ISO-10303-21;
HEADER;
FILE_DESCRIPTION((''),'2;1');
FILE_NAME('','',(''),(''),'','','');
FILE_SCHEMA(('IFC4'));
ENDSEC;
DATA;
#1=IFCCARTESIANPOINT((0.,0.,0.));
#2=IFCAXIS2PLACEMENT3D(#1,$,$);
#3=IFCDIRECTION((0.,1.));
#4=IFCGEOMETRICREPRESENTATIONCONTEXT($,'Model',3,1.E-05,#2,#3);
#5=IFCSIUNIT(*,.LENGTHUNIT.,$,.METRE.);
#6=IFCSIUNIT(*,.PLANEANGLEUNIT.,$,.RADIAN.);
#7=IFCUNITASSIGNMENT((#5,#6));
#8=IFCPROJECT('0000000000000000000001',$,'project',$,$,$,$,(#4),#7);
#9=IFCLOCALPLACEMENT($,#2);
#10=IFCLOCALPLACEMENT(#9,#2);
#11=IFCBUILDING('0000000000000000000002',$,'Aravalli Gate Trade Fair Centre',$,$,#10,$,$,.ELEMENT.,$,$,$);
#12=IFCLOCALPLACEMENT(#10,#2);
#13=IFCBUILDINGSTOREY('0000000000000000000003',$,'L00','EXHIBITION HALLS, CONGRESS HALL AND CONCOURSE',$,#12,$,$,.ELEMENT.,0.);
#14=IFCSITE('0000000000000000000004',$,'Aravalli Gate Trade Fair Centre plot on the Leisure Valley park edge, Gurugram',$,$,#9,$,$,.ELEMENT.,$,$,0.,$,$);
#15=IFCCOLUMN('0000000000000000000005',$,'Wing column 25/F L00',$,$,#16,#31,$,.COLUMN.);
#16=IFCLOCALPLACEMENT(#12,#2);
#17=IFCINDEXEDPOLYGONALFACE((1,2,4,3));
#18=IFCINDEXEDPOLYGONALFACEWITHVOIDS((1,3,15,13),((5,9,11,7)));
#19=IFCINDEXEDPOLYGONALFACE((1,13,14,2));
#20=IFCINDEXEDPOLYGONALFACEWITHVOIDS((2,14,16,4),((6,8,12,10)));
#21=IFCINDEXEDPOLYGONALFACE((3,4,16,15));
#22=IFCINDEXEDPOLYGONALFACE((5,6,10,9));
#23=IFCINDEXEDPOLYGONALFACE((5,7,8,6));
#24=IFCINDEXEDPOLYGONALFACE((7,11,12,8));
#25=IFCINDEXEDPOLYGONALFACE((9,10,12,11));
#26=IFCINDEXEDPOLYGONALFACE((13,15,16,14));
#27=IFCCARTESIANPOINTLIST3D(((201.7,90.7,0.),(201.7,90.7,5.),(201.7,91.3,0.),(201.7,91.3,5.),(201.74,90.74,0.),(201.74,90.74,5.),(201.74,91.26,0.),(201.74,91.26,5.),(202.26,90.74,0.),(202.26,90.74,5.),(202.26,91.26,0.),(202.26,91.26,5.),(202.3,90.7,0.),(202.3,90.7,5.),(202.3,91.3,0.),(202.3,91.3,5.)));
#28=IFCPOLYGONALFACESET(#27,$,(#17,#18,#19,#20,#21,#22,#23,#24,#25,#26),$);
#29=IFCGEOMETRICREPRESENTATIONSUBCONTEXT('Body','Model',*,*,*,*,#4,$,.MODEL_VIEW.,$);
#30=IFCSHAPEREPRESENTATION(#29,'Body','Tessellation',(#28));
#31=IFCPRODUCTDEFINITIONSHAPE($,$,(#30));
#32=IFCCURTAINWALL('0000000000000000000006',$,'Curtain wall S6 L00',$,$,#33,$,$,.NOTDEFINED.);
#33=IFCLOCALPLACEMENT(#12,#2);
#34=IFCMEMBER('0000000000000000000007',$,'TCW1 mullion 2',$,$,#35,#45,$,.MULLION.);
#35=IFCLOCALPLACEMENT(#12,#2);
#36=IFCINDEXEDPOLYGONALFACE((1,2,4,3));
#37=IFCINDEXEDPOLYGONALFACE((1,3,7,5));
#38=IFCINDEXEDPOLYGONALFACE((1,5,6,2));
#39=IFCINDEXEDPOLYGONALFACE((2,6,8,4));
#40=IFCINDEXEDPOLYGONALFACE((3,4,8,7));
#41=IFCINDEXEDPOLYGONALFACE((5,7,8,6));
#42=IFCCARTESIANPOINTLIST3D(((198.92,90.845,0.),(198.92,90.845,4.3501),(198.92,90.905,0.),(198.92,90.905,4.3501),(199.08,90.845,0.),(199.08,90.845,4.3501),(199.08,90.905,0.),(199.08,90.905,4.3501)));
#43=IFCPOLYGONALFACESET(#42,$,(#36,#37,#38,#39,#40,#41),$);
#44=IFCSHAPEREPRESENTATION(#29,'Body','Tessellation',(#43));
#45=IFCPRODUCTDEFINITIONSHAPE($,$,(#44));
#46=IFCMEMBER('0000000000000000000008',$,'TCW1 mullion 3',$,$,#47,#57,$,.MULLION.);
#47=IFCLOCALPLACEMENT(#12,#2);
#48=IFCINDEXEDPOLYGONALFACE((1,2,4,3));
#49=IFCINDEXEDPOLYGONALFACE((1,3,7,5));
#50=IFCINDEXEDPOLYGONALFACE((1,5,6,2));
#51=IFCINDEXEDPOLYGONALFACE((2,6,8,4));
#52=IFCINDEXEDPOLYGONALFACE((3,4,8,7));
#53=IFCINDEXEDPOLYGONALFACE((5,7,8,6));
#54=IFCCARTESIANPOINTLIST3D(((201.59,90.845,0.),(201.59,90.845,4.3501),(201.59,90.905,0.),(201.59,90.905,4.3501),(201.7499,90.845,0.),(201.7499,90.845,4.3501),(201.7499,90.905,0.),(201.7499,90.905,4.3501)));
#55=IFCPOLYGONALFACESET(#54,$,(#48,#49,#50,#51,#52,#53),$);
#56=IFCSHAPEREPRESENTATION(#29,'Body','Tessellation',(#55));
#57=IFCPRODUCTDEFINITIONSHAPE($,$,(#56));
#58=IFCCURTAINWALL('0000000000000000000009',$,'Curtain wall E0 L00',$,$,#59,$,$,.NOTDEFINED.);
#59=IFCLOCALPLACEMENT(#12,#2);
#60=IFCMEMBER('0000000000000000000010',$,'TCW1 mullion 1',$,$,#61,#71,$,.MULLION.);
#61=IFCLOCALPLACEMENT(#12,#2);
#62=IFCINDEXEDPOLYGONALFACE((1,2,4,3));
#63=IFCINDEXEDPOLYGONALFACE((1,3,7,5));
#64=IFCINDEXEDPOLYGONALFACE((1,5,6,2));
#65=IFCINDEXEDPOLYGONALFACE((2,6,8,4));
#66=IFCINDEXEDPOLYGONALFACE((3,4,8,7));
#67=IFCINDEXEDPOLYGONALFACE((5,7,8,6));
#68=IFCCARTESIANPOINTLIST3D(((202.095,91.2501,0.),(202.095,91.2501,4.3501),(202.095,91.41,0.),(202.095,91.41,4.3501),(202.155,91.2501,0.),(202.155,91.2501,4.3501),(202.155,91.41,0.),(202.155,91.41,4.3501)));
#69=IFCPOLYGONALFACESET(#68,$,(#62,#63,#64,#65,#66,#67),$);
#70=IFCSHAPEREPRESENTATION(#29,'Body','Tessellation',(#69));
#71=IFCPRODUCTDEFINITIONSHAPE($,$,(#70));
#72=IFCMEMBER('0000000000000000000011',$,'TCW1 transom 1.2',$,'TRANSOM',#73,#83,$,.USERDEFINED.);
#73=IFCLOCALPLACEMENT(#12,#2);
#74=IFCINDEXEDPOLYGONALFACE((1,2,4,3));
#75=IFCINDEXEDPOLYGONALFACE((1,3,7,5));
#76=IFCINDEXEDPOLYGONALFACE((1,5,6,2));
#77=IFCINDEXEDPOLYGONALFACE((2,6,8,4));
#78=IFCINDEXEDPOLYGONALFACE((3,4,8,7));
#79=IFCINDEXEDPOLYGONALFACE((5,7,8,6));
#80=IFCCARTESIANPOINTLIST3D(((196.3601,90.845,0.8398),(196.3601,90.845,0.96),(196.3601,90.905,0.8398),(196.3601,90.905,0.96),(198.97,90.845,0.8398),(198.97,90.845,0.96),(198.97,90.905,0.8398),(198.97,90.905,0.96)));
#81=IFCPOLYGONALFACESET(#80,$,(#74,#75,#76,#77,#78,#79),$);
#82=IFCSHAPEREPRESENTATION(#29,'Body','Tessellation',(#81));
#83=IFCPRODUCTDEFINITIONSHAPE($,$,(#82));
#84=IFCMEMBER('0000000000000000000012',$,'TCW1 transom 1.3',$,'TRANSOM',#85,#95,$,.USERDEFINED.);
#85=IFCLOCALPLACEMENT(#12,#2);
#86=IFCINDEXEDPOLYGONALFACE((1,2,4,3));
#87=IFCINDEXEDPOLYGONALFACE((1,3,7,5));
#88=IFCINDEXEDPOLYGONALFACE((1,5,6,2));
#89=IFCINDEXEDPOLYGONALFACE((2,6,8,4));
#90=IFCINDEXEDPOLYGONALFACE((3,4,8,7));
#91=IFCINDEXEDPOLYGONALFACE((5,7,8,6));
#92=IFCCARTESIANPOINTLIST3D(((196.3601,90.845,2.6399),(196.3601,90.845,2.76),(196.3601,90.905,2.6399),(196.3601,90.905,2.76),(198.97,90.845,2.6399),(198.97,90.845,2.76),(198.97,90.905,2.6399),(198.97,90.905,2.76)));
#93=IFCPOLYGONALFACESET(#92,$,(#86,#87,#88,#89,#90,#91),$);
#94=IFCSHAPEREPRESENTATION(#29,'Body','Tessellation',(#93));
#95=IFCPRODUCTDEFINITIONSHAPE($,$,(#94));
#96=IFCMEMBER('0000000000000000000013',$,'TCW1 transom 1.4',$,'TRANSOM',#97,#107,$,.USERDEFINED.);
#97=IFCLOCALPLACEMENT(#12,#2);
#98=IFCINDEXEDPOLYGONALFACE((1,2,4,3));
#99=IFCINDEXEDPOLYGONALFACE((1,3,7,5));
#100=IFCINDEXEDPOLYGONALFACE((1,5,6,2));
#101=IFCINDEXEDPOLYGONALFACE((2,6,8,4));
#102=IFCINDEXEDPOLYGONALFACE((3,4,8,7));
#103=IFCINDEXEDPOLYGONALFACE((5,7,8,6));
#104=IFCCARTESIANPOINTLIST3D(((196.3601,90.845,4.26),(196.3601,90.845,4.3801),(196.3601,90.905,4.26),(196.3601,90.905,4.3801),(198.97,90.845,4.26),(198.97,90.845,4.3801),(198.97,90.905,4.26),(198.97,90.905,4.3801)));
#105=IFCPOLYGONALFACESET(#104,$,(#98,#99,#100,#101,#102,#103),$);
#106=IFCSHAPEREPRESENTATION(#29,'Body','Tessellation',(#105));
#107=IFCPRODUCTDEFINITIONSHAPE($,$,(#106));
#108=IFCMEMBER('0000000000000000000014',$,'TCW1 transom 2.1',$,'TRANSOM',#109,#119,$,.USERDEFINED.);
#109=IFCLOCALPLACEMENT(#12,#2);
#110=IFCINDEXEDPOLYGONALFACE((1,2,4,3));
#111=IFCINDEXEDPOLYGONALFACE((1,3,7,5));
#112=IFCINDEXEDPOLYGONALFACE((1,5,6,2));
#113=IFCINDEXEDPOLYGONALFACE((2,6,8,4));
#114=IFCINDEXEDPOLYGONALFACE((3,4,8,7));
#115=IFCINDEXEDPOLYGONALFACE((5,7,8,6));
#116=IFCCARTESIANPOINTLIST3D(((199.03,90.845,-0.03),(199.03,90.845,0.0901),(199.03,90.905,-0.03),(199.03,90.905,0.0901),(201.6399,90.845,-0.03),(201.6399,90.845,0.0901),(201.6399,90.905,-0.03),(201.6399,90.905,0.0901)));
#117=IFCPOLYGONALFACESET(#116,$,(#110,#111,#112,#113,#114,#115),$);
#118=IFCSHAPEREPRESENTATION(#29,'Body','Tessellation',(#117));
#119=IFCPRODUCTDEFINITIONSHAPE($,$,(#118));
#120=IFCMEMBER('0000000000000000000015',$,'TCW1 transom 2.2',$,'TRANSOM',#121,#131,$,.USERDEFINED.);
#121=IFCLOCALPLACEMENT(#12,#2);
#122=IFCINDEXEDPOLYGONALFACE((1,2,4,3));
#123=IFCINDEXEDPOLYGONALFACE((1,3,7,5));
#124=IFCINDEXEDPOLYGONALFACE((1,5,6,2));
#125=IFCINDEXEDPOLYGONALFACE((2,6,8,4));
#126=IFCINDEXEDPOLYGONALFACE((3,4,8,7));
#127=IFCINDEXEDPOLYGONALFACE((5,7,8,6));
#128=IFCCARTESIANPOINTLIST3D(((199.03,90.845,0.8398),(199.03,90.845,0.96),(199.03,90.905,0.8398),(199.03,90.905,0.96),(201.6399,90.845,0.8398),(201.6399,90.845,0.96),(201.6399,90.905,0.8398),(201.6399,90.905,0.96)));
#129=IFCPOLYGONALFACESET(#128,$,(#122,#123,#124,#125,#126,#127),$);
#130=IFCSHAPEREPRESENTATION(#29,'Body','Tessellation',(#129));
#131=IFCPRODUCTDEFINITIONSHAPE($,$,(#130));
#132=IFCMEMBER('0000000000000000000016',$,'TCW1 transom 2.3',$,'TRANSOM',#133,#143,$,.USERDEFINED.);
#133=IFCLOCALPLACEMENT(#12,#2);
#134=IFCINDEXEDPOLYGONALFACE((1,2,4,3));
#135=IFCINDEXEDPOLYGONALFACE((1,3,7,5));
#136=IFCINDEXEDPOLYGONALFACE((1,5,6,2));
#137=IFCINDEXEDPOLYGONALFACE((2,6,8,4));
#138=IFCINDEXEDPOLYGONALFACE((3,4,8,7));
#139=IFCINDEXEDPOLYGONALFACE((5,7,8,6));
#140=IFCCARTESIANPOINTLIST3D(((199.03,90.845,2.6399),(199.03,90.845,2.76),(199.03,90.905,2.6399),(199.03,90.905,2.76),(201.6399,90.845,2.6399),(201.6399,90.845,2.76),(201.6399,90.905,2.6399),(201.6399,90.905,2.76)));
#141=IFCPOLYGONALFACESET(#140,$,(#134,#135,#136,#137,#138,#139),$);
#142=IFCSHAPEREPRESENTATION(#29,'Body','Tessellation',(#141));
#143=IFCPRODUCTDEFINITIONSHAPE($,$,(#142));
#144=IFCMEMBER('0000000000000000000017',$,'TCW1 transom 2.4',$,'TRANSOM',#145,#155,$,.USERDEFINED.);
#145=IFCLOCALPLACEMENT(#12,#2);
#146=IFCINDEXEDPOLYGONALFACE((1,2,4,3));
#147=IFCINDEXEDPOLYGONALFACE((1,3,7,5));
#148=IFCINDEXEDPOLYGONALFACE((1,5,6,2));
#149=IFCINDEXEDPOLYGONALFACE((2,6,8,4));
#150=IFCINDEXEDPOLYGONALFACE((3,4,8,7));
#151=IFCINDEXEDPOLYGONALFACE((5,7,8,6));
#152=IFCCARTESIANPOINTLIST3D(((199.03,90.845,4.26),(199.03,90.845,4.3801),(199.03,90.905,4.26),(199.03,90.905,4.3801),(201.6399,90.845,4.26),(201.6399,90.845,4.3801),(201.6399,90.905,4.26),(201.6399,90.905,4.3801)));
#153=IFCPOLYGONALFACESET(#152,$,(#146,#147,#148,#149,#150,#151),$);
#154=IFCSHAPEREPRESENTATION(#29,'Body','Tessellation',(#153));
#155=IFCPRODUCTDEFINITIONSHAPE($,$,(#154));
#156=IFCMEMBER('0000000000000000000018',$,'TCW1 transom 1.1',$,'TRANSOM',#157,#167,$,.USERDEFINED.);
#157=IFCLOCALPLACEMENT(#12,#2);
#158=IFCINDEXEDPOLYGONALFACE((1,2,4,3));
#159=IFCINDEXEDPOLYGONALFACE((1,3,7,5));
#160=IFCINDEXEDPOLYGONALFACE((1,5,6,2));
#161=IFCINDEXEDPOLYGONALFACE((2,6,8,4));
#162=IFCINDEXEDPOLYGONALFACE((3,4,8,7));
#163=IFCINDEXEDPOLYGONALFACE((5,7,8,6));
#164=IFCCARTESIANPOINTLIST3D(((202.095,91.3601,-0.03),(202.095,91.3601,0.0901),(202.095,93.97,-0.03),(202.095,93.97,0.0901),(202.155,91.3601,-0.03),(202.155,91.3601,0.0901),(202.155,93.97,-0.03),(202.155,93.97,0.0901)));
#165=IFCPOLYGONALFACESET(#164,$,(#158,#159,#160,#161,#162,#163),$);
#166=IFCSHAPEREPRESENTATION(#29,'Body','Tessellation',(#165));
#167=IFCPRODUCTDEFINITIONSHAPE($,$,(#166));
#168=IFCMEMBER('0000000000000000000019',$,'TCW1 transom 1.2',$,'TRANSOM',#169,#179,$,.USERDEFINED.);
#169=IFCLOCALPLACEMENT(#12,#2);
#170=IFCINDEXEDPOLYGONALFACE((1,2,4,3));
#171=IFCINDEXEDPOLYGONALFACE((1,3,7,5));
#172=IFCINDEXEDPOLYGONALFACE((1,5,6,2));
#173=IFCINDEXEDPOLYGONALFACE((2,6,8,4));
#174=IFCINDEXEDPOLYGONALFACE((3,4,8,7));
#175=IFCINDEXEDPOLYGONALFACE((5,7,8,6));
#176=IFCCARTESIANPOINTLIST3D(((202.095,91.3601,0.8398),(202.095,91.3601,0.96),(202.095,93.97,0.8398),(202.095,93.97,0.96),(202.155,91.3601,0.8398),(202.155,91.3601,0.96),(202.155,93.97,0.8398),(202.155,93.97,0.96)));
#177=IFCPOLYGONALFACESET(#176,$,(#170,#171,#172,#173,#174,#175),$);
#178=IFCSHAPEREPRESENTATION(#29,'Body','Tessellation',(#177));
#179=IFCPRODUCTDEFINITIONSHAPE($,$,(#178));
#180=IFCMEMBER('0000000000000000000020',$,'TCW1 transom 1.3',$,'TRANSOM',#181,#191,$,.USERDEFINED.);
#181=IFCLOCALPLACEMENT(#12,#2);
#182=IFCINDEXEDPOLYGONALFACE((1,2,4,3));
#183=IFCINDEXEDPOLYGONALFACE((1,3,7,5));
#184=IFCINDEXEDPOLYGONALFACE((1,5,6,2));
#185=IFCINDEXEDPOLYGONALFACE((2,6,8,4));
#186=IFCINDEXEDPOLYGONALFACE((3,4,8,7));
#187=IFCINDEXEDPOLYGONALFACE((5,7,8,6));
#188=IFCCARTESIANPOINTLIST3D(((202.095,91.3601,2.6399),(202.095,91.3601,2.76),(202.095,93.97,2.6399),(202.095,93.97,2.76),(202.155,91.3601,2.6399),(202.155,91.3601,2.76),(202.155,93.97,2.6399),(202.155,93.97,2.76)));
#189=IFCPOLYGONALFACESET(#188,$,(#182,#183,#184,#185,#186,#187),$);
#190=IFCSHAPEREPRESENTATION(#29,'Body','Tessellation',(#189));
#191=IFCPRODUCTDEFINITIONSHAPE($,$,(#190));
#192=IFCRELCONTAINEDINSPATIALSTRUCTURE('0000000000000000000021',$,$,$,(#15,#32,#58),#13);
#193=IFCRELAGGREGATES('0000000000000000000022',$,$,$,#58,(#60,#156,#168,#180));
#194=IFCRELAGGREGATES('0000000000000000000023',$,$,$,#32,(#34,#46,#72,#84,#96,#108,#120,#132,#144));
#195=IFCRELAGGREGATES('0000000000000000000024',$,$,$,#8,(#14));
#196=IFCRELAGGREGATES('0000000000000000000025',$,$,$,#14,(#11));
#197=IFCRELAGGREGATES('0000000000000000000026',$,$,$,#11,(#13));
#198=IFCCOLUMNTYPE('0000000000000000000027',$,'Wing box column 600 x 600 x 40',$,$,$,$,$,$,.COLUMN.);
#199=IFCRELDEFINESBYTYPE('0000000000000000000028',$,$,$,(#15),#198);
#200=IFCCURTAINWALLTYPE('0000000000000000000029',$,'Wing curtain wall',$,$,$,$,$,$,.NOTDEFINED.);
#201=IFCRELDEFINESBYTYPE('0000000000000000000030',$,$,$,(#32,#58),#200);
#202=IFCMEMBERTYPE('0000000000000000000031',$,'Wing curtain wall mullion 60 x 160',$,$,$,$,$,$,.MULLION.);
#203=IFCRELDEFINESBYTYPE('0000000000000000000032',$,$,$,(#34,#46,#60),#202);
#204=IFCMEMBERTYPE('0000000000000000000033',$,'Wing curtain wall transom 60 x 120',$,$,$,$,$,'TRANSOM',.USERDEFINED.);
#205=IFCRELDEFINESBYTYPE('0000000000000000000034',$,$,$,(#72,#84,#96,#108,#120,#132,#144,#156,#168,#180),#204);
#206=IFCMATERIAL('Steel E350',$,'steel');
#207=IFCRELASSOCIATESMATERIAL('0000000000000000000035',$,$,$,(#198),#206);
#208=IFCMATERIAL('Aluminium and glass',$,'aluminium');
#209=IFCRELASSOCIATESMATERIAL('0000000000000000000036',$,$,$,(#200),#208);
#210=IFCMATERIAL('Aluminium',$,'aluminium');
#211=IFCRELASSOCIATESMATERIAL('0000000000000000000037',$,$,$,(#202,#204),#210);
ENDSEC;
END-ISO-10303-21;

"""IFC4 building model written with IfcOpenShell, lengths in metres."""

from ifc_helpers import new_model, si_unit, direction, frame, origin, origin_2d, place, context, subcontext, project, spatial, rectangle, hollow_rectangle, extrude, material, material_profile, profile_set, type_object, element, aggregate, save


model = new_model("IFC4")

# Units and contexts
model_context = context("Model", 3, precision=1e-05, world=origin(), true_north=direction((0.0, 1.0)))
body_context = subcontext(model_context, "Body", "Model", "MODEL_VIEW")
ifc_project = project(units=[si_unit("LENGTHUNIT", "METRE"), si_unit("PLANEANGLEUNIT", "RADIAN")], contexts=[model_context])

# Site, building, storey
site_placement = place(None, origin())
site = spatial("IfcSite", under=ifc_project, at=site_placement, Name="Aravalli Gate Trade Fair Centre plot on the Leisure Valley park edge, Gurugram", CompositionType="ELEMENT", RefElevation=0.0)
building_placement = place(site_placement, origin())
building = spatial("IfcBuilding", under=site, at=building_placement, Name="Aravalli Gate Trade Fair Centre", CompositionType="ELEMENT")
storey_placement = place(building_placement, origin())
storey = spatial("IfcBuildingStorey", under=building, at=storey_placement, Name="L00", Description="EXHIBITION HALLS, CONGRESS HALL AND CONCOURSE", CompositionType="ELEMENT", Elevation=0.0)

# Column
ifc_material_1 = material(Name="Steel E350", Category="steel")
ifc_material_profile_1 = material_profile(ifc_material_1, hollow_rectangle(XDim=0.6001, YDim=0.6001, WallThickness=0.04, at=origin_2d()), Name="BOX 600x600x40")
ifc_profile_set_1 = profile_set([ifc_material_profile_1], Name="Steel E350")
column_type = type_object("IfcColumnType", Name="Wing box column 600 x 600 x 40", PredefinedType="COLUMN", material=ifc_profile_set_1)
column_placement = place(storey_placement, frame((202.0, 91.0, 0.0), z_axis=(0.0, 0.0, 1.0), x_axis=(1.0, 0.0, 0.0)))
element("IfcColumn", 1, at=column_placement, inside=storey, type_object=column_type, Name="Wing column 25/F L00", PredefinedType="COLUMN", context=body_context, shape_type="SweptSolid", body=[
    extrude(hollow_rectangle(XDim=0.6001, YDim=0.6001, WallThickness=0.04, at=origin_2d()), origin(), (0.0, 0.0, 1.0), 5.0),
])

# Curtain wall, members
ifc_material_2 = material(Name="Aluminium and glass", Category="aluminium")
curtain_wall_type = type_object("IfcCurtainWallType", Name="Wing curtain wall", PredefinedType="NOTDEFINED", material=ifc_material_2)
curtain_wall_1_placement = place(storey_placement, origin())
curtain_wall_1 = element("IfcCurtainWall", 2, at=curtain_wall_1_placement, inside=storey, type_object=curtain_wall_type, Name="Curtain wall S6 L00", PredefinedType="NOTDEFINED")
ifc_material_3 = material(Name="Aluminium", Category="aluminium")
ifc_material_profile_2 = material_profile(ifc_material_3, rectangle(XDim=0.0601, YDim=0.1599, at=origin_2d()), Name="Wing curtain wall mullion 60 x 160")
ifc_profile_set_2 = profile_set([ifc_material_profile_2], Name="Aluminium")
member_type_1 = type_object("IfcMemberType", Name="Wing curtain wall mullion 60 x 160", PredefinedType="MULLION", material=ifc_profile_set_2)
member_1_placement = place(storey_placement, frame((199.0, 90.875, 0.0), z_axis=(0.0, 0.0, 1.0), x_axis=(0.0, 1.0, 0.0)))
member_1 = element("IfcMember", 3, at=member_1_placement, type_object=member_type_1, Name="TCW1 mullion 2", PredefinedType="MULLION", context=body_context, shape_type="SweptSolid", body=[
    extrude(rectangle(XDim=0.0601, YDim=0.1599, at=origin_2d()), origin(), (0.0, 0.0, 1.0), 4.3501),
])
member_2_placement = place(storey_placement, frame((201.6699, 90.875, 0.0), z_axis=(0.0, 0.0, 1.0), x_axis=(0.0, 1.0, 0.0)))
member_2 = element("IfcMember", 4, at=member_2_placement, type_object=member_type_1, Name="TCW1 mullion 3", PredefinedType="MULLION", context=body_context, shape_type="SweptSolid", body=[
    extrude(rectangle(XDim=0.0601, YDim=0.1599, at=origin_2d()), origin(), (0.0, 0.0, 1.0), 4.3501),
])

# Curtain wall, member
curtain_wall_2_placement = place(storey_placement, origin())
curtain_wall_2 = element("IfcCurtainWall", 5, at=curtain_wall_2_placement, inside=storey, type_object=curtain_wall_type, Name="Curtain wall E0 L00", PredefinedType="NOTDEFINED")
member_3_placement = place(storey_placement, frame((202.125, 91.3301, 0.0), z_axis=(0.0, 0.0, 1.0), x_axis=(-1.0, 0.0, 0.0)))
member_3 = element("IfcMember", 6, at=member_3_placement, type_object=member_type_1, Name="TCW1 mullion 1", PredefinedType="MULLION", context=body_context, shape_type="SweptSolid", body=[
    extrude(rectangle(XDim=0.0601, YDim=0.1599, at=origin_2d()), origin(), (0.0, 0.0, 1.0), 4.3501),
])

# Members
ifc_material_profile_3 = material_profile(ifc_material_3, rectangle(XDim=0.0601, YDim=0.1201, at=origin_2d()), Name="Wing curtain wall transom 60 x 120")
ifc_profile_set_3 = profile_set([ifc_material_profile_3], Name="Aluminium")
member_type_2 = type_object("IfcMemberType", Name="Wing curtain wall transom 60 x 120", ElementType="TRANSOM", PredefinedType="USERDEFINED", material=ifc_profile_set_3)
member_4_placement = place(storey_placement, frame((196.3601, 90.875, 0.8999), z_axis=(1.0, 0.0, 0.0), x_axis=(0.0, 1.0, 0.0)))
member_4 = element("IfcMember", 7, at=member_4_placement, type_object=member_type_2, Name="TCW1 transom 1.2", ObjectType="TRANSOM", PredefinedType="USERDEFINED", context=body_context, shape_type="SweptSolid", body=[
    extrude(rectangle(XDim=0.0601, YDim=0.1201, at=origin_2d()), origin(), (0.0, 0.0, 1.0), 2.6099),
])
member_5_placement = place(storey_placement, frame((196.3601, 90.875, 2.7), z_axis=(1.0, 0.0, 0.0), x_axis=(0.0, 1.0, 0.0)))
member_5 = element("IfcMember", 8, at=member_5_placement, type_object=member_type_2, Name="TCW1 transom 1.3", ObjectType="TRANSOM", PredefinedType="USERDEFINED", context=body_context, shape_type="SweptSolid", body=[
    extrude(rectangle(XDim=0.0601, YDim=0.1201, at=origin_2d()), origin(), (0.0, 0.0, 1.0), 2.6099),
])
member_6_placement = place(storey_placement, frame((196.3601, 90.875, 4.3201), z_axis=(1.0, 0.0, 0.0), x_axis=(0.0, 1.0, 0.0)))
member_6 = element("IfcMember", 9, at=member_6_placement, type_object=member_type_2, Name="TCW1 transom 1.4", ObjectType="TRANSOM", PredefinedType="USERDEFINED", context=body_context, shape_type="SweptSolid", body=[
    extrude(rectangle(XDim=0.0601, YDim=0.1201, at=origin_2d()), origin(), (0.0, 0.0, 1.0), 2.6099),
])
member_7_placement = place(storey_placement, frame((199.03, 90.875, 0.03), z_axis=(1.0, 0.0, 0.0), x_axis=(0.0, 1.0, 0.0)))
member_7 = element("IfcMember", 10, at=member_7_placement, type_object=member_type_2, Name="TCW1 transom 2.1", ObjectType="TRANSOM", PredefinedType="USERDEFINED", context=body_context, shape_type="SweptSolid", body=[
    extrude(rectangle(XDim=0.0601, YDim=0.1201, at=origin_2d()), origin(), (0.0, 0.0, 1.0), 2.6099),
])
member_8_placement = place(storey_placement, frame((199.03, 90.875, 0.8999), z_axis=(1.0, 0.0, 0.0), x_axis=(0.0, 1.0, 0.0)))
member_8 = element("IfcMember", 11, at=member_8_placement, type_object=member_type_2, Name="TCW1 transom 2.2", ObjectType="TRANSOM", PredefinedType="USERDEFINED", context=body_context, shape_type="SweptSolid", body=[
    extrude(rectangle(XDim=0.0601, YDim=0.1201, at=origin_2d()), origin(), (0.0, 0.0, 1.0), 2.6099),
])
member_9_placement = place(storey_placement, frame((199.03, 90.875, 2.7), z_axis=(1.0, 0.0, 0.0), x_axis=(0.0, 1.0, 0.0)))
member_9 = element("IfcMember", 12, at=member_9_placement, type_object=member_type_2, Name="TCW1 transom 2.3", ObjectType="TRANSOM", PredefinedType="USERDEFINED", context=body_context, shape_type="SweptSolid", body=[
    extrude(rectangle(XDim=0.0601, YDim=0.1201, at=origin_2d()), origin(), (0.0, 0.0, 1.0), 2.6099),
])
member_10_placement = place(storey_placement, frame((199.03, 90.875, 4.3201), z_axis=(1.0, 0.0, 0.0), x_axis=(0.0, 1.0, 0.0)))
member_10 = element("IfcMember", 13, at=member_10_placement, type_object=member_type_2, Name="TCW1 transom 2.4", ObjectType="TRANSOM", PredefinedType="USERDEFINED", context=body_context, shape_type="SweptSolid", body=[
    extrude(rectangle(XDim=0.0601, YDim=0.1201, at=origin_2d()), origin(), (0.0, 0.0, 1.0), 2.6099),
])
member_11_placement = place(storey_placement, frame((202.125, 91.3601, 0.03), z_axis=(0.0, 1.0, 0.0), x_axis=(-1.0, 0.0, 0.0)))
member_11 = element("IfcMember", 14, at=member_11_placement, type_object=member_type_2, Name="TCW1 transom 1.1", ObjectType="TRANSOM", PredefinedType="USERDEFINED", context=body_context, shape_type="SweptSolid", body=[
    extrude(rectangle(XDim=0.0601, YDim=0.1201, at=origin_2d()), origin(), (0.0, 0.0, 1.0), 2.6099),
])
member_12_placement = place(storey_placement, frame((202.125, 91.3601, 0.8999), z_axis=(0.0, 1.0, 0.0), x_axis=(-1.0, 0.0, 0.0)))
member_12 = element("IfcMember", 15, at=member_12_placement, type_object=member_type_2, Name="TCW1 transom 1.2", ObjectType="TRANSOM", PredefinedType="USERDEFINED", context=body_context, shape_type="SweptSolid", body=[
    extrude(rectangle(XDim=0.0601, YDim=0.1201, at=origin_2d()), origin(), (0.0, 0.0, 1.0), 2.6099),
])
member_13_placement = place(storey_placement, frame((202.125, 91.3601, 2.7), z_axis=(0.0, 1.0, 0.0), x_axis=(-1.0, 0.0, 0.0)))
member_13 = element("IfcMember", 16, at=member_13_placement, type_object=member_type_2, Name="TCW1 transom 1.3", ObjectType="TRANSOM", PredefinedType="USERDEFINED", context=body_context, shape_type="SweptSolid", body=[
    extrude(rectangle(XDim=0.0601, YDim=0.1201, at=origin_2d()), origin(), (0.0, 0.0, 1.0), 2.6099),
])
aggregate(curtain_wall_2, [member_3, member_11, member_12, member_13])

aggregate(curtain_wall_1, [member_1, member_2, member_4, member_5, member_6, member_7, member_8, member_9, member_10])

save(model, "model.ifc")
